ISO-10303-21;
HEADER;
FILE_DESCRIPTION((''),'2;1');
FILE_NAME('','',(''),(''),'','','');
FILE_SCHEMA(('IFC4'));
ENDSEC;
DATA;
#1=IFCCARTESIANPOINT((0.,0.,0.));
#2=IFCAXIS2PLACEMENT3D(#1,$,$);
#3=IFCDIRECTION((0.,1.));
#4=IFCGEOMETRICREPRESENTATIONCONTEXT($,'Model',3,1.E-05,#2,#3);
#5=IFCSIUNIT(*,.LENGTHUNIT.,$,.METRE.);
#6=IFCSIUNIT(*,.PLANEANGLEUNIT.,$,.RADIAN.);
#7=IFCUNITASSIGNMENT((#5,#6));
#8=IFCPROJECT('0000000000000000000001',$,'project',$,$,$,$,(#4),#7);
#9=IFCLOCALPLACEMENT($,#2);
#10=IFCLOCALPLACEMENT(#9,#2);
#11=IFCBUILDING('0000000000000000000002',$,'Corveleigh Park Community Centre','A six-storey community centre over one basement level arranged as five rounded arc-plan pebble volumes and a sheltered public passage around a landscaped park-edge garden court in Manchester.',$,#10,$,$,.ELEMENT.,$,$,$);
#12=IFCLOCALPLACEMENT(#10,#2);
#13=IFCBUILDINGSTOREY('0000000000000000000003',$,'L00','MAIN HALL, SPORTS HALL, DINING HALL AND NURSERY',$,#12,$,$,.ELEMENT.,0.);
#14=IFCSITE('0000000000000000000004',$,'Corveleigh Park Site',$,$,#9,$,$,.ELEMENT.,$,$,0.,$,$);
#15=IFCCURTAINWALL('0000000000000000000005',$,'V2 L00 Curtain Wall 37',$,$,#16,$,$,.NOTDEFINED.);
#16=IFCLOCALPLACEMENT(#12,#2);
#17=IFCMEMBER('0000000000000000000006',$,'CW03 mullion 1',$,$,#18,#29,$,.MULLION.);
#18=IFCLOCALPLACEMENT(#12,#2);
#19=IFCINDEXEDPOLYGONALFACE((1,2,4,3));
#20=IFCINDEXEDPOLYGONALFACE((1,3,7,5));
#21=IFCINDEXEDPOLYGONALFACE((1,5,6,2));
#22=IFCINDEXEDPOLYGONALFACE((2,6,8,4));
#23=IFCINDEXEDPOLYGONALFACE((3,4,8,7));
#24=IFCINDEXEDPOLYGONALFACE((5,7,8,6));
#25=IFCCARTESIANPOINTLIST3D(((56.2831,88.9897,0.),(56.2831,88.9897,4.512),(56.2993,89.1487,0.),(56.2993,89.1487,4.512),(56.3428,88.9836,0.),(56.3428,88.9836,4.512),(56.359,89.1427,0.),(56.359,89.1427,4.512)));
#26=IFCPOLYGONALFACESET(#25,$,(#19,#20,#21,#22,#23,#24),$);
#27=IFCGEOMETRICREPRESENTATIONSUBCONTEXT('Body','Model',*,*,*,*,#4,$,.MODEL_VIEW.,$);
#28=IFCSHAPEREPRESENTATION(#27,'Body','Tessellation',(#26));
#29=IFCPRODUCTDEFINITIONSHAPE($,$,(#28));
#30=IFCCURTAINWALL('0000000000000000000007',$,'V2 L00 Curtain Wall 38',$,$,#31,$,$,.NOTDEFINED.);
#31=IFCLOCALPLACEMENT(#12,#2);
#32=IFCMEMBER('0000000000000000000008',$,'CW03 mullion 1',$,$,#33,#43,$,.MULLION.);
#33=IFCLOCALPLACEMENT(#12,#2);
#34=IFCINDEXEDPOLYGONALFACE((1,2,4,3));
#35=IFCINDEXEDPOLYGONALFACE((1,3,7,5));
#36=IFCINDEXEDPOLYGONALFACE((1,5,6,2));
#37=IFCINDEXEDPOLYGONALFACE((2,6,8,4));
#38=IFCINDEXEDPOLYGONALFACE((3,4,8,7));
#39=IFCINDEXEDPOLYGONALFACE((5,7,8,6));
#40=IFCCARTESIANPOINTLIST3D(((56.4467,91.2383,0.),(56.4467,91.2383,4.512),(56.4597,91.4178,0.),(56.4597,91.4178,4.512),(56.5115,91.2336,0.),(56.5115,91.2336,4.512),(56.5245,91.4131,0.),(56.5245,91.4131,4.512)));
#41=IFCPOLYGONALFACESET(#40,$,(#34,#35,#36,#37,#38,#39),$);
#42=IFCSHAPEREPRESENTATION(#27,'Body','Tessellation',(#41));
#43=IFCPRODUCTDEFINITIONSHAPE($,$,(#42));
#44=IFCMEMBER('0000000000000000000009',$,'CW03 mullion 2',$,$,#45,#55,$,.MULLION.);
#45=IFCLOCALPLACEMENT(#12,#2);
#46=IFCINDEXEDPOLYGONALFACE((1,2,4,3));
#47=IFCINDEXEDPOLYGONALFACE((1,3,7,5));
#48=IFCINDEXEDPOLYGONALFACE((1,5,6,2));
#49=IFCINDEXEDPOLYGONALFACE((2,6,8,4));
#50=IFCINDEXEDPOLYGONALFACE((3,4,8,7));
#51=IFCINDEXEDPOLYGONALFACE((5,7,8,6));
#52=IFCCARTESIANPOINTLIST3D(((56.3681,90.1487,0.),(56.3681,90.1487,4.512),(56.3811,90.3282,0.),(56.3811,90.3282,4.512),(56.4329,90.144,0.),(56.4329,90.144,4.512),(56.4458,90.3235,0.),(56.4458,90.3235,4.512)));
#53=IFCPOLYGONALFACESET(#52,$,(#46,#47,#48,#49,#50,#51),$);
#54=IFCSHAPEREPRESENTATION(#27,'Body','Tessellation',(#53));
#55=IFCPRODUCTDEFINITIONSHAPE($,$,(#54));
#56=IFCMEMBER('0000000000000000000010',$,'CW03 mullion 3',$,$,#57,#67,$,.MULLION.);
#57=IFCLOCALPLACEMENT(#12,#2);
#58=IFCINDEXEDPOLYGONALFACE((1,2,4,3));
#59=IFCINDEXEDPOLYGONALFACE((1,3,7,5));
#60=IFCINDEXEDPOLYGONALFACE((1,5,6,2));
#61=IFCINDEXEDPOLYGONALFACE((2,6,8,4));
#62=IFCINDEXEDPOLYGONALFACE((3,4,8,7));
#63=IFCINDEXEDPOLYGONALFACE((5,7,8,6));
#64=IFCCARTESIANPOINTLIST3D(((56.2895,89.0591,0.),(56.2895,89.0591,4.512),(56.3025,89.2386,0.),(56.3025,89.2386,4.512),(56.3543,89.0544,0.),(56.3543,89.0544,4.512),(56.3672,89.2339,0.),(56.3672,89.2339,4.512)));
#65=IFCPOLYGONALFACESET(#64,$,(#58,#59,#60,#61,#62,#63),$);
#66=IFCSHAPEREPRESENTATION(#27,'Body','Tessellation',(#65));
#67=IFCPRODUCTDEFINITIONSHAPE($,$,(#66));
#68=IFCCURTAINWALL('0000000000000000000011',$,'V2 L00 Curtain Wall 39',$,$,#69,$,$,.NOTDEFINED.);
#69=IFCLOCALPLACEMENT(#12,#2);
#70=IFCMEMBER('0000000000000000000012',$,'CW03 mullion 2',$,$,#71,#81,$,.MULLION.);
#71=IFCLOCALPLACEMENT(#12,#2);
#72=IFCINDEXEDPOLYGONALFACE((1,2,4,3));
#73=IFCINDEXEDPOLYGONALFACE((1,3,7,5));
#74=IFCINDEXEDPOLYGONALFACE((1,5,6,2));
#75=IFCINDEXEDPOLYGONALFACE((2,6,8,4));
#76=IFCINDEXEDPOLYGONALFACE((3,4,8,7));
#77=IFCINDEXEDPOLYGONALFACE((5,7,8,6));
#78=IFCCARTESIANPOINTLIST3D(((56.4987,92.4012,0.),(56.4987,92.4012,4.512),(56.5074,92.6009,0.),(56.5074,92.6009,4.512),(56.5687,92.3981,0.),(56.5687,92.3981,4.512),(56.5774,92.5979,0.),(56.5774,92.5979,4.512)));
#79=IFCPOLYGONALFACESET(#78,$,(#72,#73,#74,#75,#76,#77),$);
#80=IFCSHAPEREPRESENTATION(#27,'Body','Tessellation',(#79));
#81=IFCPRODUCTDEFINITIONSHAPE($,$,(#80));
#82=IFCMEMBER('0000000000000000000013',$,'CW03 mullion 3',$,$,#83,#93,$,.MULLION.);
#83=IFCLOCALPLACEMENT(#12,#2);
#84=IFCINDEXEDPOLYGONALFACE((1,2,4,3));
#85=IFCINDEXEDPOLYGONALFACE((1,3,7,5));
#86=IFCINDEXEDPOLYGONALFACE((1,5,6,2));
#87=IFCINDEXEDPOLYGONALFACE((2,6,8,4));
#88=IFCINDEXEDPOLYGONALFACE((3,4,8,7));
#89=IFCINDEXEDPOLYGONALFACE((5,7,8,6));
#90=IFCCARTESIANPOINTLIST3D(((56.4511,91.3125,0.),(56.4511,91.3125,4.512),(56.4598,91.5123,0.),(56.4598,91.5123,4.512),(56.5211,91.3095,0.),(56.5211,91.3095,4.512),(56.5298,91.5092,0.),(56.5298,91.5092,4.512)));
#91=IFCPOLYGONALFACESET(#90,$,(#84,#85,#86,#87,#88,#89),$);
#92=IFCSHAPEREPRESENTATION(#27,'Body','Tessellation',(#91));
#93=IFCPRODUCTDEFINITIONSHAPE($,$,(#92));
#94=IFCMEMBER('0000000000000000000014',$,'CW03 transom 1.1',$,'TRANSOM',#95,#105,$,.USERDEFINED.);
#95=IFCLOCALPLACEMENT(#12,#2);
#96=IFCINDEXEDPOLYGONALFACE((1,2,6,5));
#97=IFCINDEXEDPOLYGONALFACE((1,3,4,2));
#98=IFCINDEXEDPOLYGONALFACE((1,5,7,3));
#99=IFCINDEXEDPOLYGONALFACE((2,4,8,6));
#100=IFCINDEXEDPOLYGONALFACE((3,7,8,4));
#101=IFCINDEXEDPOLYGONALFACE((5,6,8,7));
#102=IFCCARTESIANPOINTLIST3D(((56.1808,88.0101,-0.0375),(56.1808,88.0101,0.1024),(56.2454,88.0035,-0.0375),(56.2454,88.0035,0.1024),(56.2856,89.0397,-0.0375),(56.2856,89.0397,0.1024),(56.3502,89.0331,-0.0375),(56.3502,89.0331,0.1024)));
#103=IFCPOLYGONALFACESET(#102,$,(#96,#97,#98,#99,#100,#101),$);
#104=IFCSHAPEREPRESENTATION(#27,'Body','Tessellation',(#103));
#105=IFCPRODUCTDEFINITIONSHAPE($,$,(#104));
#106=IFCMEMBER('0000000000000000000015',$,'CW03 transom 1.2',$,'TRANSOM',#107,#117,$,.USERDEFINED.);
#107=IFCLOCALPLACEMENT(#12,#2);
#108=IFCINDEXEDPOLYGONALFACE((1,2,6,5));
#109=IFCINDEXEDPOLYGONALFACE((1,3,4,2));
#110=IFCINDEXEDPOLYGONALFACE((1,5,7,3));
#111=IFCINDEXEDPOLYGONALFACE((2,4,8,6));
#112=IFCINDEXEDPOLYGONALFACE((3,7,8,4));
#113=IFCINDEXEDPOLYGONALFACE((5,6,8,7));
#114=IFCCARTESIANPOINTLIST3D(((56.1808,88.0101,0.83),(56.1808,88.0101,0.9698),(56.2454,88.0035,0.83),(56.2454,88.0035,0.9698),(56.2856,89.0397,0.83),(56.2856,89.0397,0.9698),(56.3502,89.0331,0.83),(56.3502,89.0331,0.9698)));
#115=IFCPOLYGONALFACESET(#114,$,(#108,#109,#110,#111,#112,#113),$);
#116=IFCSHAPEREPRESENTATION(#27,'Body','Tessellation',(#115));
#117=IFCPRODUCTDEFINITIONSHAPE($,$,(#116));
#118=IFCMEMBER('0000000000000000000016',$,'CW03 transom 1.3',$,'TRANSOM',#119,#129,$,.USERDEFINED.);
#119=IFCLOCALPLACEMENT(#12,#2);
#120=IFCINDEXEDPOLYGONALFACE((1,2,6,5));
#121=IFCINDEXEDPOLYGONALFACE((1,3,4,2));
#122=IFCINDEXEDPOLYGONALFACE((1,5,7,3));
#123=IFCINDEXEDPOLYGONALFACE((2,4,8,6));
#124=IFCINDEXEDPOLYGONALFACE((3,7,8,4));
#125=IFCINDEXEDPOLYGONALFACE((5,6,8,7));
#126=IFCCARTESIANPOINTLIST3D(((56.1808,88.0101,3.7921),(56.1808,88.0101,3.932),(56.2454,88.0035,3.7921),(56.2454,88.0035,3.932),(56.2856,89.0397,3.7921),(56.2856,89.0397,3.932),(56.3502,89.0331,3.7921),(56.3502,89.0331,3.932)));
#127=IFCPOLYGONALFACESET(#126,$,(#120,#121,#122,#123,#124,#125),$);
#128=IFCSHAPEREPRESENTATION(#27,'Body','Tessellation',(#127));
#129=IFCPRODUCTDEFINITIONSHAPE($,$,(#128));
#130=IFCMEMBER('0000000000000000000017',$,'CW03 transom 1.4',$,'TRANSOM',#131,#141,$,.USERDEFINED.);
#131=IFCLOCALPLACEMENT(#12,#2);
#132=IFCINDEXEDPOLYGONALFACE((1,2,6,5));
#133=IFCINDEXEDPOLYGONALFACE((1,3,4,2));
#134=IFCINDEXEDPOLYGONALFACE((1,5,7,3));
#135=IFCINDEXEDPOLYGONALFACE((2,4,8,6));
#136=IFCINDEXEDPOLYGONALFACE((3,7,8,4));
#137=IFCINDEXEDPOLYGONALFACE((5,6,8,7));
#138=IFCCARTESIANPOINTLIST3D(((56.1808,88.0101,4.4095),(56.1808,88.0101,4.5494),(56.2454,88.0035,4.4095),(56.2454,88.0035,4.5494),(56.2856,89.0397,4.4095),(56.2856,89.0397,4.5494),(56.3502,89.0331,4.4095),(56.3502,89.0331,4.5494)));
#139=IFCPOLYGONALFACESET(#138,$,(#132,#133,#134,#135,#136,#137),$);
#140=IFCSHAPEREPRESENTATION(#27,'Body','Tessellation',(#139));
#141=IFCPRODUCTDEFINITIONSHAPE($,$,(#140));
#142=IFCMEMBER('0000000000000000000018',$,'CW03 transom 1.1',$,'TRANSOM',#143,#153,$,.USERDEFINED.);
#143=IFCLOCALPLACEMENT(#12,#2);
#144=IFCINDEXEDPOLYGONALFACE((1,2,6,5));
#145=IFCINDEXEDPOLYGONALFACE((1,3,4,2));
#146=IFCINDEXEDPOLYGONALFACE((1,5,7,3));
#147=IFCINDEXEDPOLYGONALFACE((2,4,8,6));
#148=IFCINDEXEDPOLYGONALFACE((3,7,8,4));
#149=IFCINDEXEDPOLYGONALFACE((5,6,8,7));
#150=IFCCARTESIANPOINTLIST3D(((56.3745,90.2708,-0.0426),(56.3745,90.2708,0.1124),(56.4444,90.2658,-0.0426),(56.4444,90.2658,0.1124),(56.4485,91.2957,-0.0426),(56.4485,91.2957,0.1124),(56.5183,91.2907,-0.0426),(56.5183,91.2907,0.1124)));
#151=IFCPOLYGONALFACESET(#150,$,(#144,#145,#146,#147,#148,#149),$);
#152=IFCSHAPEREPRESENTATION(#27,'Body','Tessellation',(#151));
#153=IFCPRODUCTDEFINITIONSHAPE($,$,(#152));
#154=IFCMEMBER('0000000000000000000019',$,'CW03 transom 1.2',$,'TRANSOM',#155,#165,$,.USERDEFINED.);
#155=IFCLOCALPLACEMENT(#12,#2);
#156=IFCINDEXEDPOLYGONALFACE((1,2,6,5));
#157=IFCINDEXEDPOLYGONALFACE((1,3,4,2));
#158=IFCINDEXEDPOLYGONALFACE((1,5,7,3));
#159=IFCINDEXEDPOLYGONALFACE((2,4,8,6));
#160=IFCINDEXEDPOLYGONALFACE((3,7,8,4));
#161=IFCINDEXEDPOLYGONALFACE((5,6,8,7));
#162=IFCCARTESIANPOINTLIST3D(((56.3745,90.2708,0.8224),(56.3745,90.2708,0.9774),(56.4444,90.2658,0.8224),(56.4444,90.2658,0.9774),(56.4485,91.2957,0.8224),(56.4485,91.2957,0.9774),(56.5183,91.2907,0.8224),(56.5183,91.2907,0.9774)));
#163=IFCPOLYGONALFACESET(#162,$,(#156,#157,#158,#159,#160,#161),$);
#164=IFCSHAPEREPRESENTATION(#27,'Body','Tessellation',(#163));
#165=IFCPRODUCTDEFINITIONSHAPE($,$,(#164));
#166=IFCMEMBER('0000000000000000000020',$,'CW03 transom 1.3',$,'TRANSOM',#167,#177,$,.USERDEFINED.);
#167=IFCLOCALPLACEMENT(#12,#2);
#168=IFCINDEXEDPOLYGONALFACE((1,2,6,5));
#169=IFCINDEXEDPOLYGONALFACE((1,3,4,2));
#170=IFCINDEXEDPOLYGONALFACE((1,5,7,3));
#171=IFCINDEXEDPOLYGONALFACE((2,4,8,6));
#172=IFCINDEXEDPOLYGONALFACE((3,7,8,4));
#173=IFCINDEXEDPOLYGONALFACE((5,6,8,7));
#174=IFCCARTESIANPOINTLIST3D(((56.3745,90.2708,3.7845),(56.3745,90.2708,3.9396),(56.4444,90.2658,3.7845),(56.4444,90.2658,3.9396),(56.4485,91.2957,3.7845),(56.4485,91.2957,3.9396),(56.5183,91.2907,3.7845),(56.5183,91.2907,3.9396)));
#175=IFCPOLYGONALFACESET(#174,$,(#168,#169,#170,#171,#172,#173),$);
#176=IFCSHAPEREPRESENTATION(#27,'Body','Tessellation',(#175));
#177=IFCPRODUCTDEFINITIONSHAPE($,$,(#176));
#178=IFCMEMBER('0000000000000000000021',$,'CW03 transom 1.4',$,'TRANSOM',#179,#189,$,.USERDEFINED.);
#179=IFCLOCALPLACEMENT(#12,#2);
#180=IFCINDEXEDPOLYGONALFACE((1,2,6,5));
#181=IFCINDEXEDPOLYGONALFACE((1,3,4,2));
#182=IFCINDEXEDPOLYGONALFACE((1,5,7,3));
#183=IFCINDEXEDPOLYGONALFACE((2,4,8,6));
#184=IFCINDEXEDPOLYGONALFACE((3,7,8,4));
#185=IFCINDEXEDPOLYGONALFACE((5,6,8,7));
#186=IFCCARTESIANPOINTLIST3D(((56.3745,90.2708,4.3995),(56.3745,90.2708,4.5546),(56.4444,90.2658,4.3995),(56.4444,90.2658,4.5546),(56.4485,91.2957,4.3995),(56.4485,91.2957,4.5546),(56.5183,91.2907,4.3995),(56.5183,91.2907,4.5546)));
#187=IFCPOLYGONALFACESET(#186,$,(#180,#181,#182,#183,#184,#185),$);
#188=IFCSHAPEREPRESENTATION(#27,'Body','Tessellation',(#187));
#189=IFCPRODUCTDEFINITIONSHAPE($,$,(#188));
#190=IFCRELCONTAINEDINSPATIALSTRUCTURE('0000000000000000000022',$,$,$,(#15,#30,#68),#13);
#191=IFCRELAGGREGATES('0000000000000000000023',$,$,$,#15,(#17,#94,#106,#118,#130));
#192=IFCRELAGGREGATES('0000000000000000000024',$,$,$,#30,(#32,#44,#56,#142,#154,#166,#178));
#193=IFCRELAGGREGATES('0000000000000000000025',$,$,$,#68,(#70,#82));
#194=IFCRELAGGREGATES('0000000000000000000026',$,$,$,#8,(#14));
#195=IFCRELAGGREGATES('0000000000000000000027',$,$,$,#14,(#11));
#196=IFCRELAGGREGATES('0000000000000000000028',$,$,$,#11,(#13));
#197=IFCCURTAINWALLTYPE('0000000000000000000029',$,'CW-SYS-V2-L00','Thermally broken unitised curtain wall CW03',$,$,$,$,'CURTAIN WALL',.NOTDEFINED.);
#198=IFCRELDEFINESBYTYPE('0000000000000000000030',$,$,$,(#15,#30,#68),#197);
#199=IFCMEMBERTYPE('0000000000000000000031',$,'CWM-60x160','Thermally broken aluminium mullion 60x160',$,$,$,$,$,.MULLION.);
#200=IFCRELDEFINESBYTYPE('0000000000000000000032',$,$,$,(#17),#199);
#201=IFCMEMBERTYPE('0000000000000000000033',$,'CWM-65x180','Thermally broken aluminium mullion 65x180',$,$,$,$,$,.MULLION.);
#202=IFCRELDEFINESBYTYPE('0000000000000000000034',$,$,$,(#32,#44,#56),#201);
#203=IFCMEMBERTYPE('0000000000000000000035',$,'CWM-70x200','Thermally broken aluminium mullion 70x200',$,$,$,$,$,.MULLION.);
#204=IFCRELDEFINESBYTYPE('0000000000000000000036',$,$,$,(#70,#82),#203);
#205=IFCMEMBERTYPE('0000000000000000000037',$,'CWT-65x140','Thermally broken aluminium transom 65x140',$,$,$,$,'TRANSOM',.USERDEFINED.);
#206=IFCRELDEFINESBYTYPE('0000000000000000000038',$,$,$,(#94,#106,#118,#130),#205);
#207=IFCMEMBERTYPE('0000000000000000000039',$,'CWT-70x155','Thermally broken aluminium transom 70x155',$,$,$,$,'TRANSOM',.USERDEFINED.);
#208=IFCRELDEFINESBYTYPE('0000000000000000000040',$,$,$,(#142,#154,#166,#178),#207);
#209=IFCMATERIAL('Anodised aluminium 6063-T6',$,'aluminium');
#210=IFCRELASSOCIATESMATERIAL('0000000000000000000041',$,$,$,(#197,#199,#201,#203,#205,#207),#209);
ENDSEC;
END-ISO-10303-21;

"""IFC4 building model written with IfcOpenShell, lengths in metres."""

from ifc_helpers import new_model, si_unit, direction, frame, origin, origin_2d, place, context, subcontext, project, spatial, rectangle, extrude, material, material_profile, profile_set, type_object, element, aggregate, save


model = new_model("IFC4")

# Units and contexts
model_context = context("Model", 3, precision=1e-05, world=origin(), true_north=direction((0.0, 1.0)))
body_context = subcontext(model_context, "Body", "Model", "MODEL_VIEW")
ifc_project = project(units=[si_unit("LENGTHUNIT", "METRE"), si_unit("PLANEANGLEUNIT", "RADIAN")], contexts=[model_context])

# Site, building, storey
site_placement = place(None, origin())
site = spatial("IfcSite", under=ifc_project, at=site_placement, Name="Corveleigh Park Site", CompositionType="ELEMENT", RefElevation=0.0)
building_placement = place(site_placement, origin())
building = spatial("IfcBuilding", under=site, at=building_placement, Name="Corveleigh Park Community Centre", Description="A six-storey community centre over one basement level arranged as five rounded arc-plan pebble volumes and a sheltered public passage around a landscaped park-edge garden court in Manchester.", CompositionType="ELEMENT")
storey_placement = place(building_placement, origin())
storey = spatial("IfcBuildingStorey", under=building, at=storey_placement, Name="L00", Description="MAIN HALL, SPORTS HALL, DINING HALL AND NURSERY", CompositionType="ELEMENT", Elevation=0.0)

# Curtain wall, member
ifc_material_1 = material(Name="Anodised aluminium 6063-T6", Category="aluminium")
curtain_wall_type = type_object("IfcCurtainWallType", Name="CW-SYS-V2-L00", Description="Thermally broken unitised curtain wall CW03", ElementType="CURTAIN WALL", PredefinedType="NOTDEFINED", material=ifc_material_1)
curtain_wall_1_placement = place(storey_placement, origin())
curtain_wall_1 = element("IfcCurtainWall", 1, at=curtain_wall_1_placement, inside=storey, type_object=curtain_wall_type, Name="V2 L00 Curtain Wall 37", PredefinedType="NOTDEFINED")
ifc_material_profile_1 = material_profile(ifc_material_1, rectangle(XDim=0.0601, YDim=0.1599, at=origin_2d()), Name="ALU-M60x160", Category="aluminium")
ifc_profile_set_1 = profile_set([ifc_material_profile_1], Name="Anodised aluminium 6063-T6")
member_type_1 = type_object("IfcMemberType", Name="CWM-60x160", Description="Thermally broken aluminium mullion 60x160", PredefinedType="MULLION", material=ifc_profile_set_1)
member_1_placement = place(storey_placement, frame((56.321, 89.0662, 0.0), z_axis=(0.0, 0.0, 1.0), x_axis=(0.994851, -0.101352, 0.0)))
member_1 = element("IfcMember", 2, at=member_1_placement, type_object=member_type_1, Name="CW03 mullion 1", PredefinedType="MULLION", context=body_context, shape_type="SweptSolid", body=[
    extrude(rectangle(XDim=0.0601, YDim=0.1599, at=origin_2d()), origin(), (0.0, 0.0, 1.0), 4.512),
])

# Curtain walls, members
curtain_wall_2_placement = place(storey_placement, origin())
curtain_wall_2 = element("IfcCurtainWall", 3, at=curtain_wall_2_placement, inside=storey, type_object=curtain_wall_type, Name="V2 L00 Curtain Wall 38", PredefinedType="NOTDEFINED")
ifc_material_profile_2 = material_profile(ifc_material_1, rectangle(XDim=0.0649, YDim=0.1799, at=origin_2d()), Name="ALU-M65x180", Category="aluminium")
ifc_profile_set_2 = profile_set([ifc_material_profile_2], Name="Anodised aluminium 6063-T6")
member_type_2 = type_object("IfcMemberType", Name="CWM-65x180", Description="Thermally broken aluminium mullion 65x180", PredefinedType="MULLION", material=ifc_profile_set_2)
member_2_placement = place(storey_placement, frame((56.4856, 91.3257, 0.0), z_axis=(0.0, 0.0, 1.0), x_axis=(0.997404, -0.072005, 0.0)))
member_2 = element("IfcMember", 4, at=member_2_placement, type_object=member_type_2, Name="CW03 mullion 1", PredefinedType="MULLION", context=body_context, shape_type="SweptSolid", body=[
    extrude(rectangle(XDim=0.0649, YDim=0.1799, at=origin_2d()), origin(), (0.0, 0.0, 1.0), 4.512),
])
member_3_placement = place(storey_placement, frame((56.407, 90.2361, 0.0), z_axis=(0.0, 0.0, 1.0), x_axis=(0.997404, -0.072005, 0.0)))
member_3 = element("IfcMember", 5, at=member_3_placement, type_object=member_type_2, Name="CW03 mullion 2", PredefinedType="MULLION", context=body_context, shape_type="SweptSolid", body=[
    extrude(rectangle(XDim=0.0649, YDim=0.1799, at=origin_2d()), origin(), (0.0, 0.0, 1.0), 4.512),
])
member_4_placement = place(storey_placement, frame((56.3284, 89.1465, 0.0), z_axis=(0.0, 0.0, 1.0), x_axis=(0.997404, -0.072005, 0.0)))
member_4 = element("IfcMember", 6, at=member_4_placement, type_object=member_type_2, Name="CW03 mullion 3", PredefinedType="MULLION", context=body_context, shape_type="SweptSolid", body=[
    extrude(rectangle(XDim=0.0649, YDim=0.1799, at=origin_2d()), origin(), (0.0, 0.0, 1.0), 4.512),
])
curtain_wall_3_placement = place(storey_placement, origin())
curtain_wall_3 = element("IfcCurtainWall", 7, at=curtain_wall_3_placement, inside=storey, type_object=curtain_wall_type, Name="V2 L00 Curtain Wall 39", PredefinedType="NOTDEFINED")
ifc_material_profile_3 = material_profile(ifc_material_1, rectangle(XDim=0.0701, YDim=0.2, at=origin_2d()), Name="ALU-M70x200", Category="aluminium")
ifc_profile_set_3 = profile_set([ifc_material_profile_3], Name="Anodised aluminium 6063-T6")
member_type_3 = type_object("IfcMemberType", Name="CWM-70x200", Description="Thermally broken aluminium mullion 70x200", PredefinedType="MULLION", material=ifc_profile_set_3)
member_5_placement = place(storey_placement, frame((56.5381, 92.4995, 0.0), z_axis=(0.0, 0.0, 1.0), x_axis=(0.99905, -0.043572, 0.0)))
member_5 = element("IfcMember", 8, at=member_5_placement, type_object=member_type_3, Name="CW03 mullion 2", PredefinedType="MULLION", context=body_context, shape_type="SweptSolid", body=[
    extrude(rectangle(XDim=0.0701, YDim=0.2, at=origin_2d()), origin(), (0.0, 0.0, 1.0), 4.512),
])
member_6_placement = place(storey_placement, frame((56.4905, 91.4109, 0.0), z_axis=(0.0, 0.0, 1.0), x_axis=(0.99905, -0.043572, 0.0)))
member_6 = element("IfcMember", 9, at=member_6_placement, type_object=member_type_3, Name="CW03 mullion 3", PredefinedType="MULLION", context=body_context, shape_type="SweptSolid", body=[
    extrude(rectangle(XDim=0.0701, YDim=0.2, at=origin_2d()), origin(), (0.0, 0.0, 1.0), 4.512),
])

# Members
ifc_material_profile_4 = material_profile(ifc_material_1, rectangle(XDim=0.0649, YDim=0.1399, at=origin_2d()), Name="ALU-T65x140", Category="aluminium")
ifc_profile_set_4 = profile_set([ifc_material_profile_4], Name="Anodised aluminium 6063-T6")
member_type_4 = type_object("IfcMemberType", Name="CWT-65x140", Description="Thermally broken aluminium transom 65x140", ElementType="TRANSOM", PredefinedType="USERDEFINED", material=ifc_profile_set_4)
member_7_placement = place(storey_placement, frame((56.3179, 89.0364, 0.0325), z_axis=(-0.101209, -0.994865, 0.0), x_axis=(0.994865, -0.101209, 0.0)))
member_7 = element("IfcMember", 10, at=member_7_placement, type_object=member_type_4, Name="CW03 transom 1.1", ObjectType="TRANSOM", PredefinedType="USERDEFINED", context=body_context, shape_type="SweptSolid", body=[
    extrude(rectangle(XDim=0.0649, YDim=0.1399, at=origin_2d()), origin(), (0.0, 0.0, 1.0), 1.0349),
])
member_8_placement = place(storey_placement, frame((56.3179, 89.0364, 0.8999), z_axis=(-0.101209, -0.994865, 0.0), x_axis=(0.994865, -0.101209, 0.0)))
member_8 = element("IfcMember", 11, at=member_8_placement, type_object=member_type_4, Name="CW03 transom 1.2", ObjectType="TRANSOM", PredefinedType="USERDEFINED", context=body_context, shape_type="SweptSolid", body=[
    extrude(rectangle(XDim=0.0649, YDim=0.1399, at=origin_2d()), origin(), (0.0, 0.0, 1.0), 1.0349),
])
member_9_placement = place(storey_placement, frame((56.3179, 89.0364, 3.8621), z_axis=(-0.101209, -0.994865, 0.0), x_axis=(0.994865, -0.101209, 0.0)))
member_9 = element("IfcMember", 12, at=member_9_placement, type_object=member_type_4, Name="CW03 transom 1.3", ObjectType="TRANSOM", PredefinedType="USERDEFINED", context=body_context, shape_type="SweptSolid", body=[
    extrude(rectangle(XDim=0.0649, YDim=0.1399, at=origin_2d()), origin(), (0.0, 0.0, 1.0), 1.0349),
])
member_10_placement = place(storey_placement, frame((56.3179, 89.0364, 4.4795), z_axis=(-0.101209, -0.994865, 0.0), x_axis=(0.994865, -0.101209, 0.0)))
member_10 = element("IfcMember", 13, at=member_10_placement, type_object=member_type_4, Name="CW03 transom 1.4", ObjectType="TRANSOM", PredefinedType="USERDEFINED", context=body_context, shape_type="SweptSolid", body=[
    extrude(rectangle(XDim=0.0649, YDim=0.1399, at=origin_2d()), origin(), (0.0, 0.0, 1.0), 1.0349),
])
ifc_material_profile_5 = material_profile(ifc_material_1, rectangle(XDim=0.0701, YDim=0.155, at=origin_2d()), Name="ALU-T70x155", Category="aluminium")
ifc_profile_set_5 = profile_set([ifc_material_profile_5], Name="Anodised aluminium 6063-T6")
member_type_5 = type_object("IfcMemberType", Name="CWT-70x155", Description="Thermally broken aluminium transom 70x155", ElementType="TRANSOM", PredefinedType="USERDEFINED", material=ifc_profile_set_5)
member_11_placement = place(storey_placement, frame((56.4834, 91.2932, 0.0349), z_axis=(-0.07199, -0.997405, 0.0), x_axis=(0.997405, -0.07199, 0.0)))
member_11 = element("IfcMember", 14, at=member_11_placement, type_object=member_type_5, Name="CW03 transom 1.1", ObjectType="TRANSOM", PredefinedType="USERDEFINED", context=body_context, shape_type="SweptSolid", body=[
    extrude(rectangle(XDim=0.0701, YDim=0.155, at=origin_2d()), origin(), (0.0, 0.0, 1.0), 1.0276),
])
member_12_placement = place(storey_placement, frame((56.4834, 91.2932, 0.8999), z_axis=(-0.07199, -0.997405, 0.0), x_axis=(0.997405, -0.07199, 0.0)))
member_12 = element("IfcMember", 15, at=member_12_placement, type_object=member_type_5, Name="CW03 transom 1.2", ObjectType="TRANSOM", PredefinedType="USERDEFINED", context=body_context, shape_type="SweptSolid", body=[
    extrude(rectangle(XDim=0.0701, YDim=0.155, at=origin_2d()), origin(), (0.0, 0.0, 1.0), 1.0276),
])
member_13_placement = place(storey_placement, frame((56.4834, 91.2932, 3.8621), z_axis=(-0.07199, -0.997405, 0.0), x_axis=(0.997405, -0.07199, 0.0)))
member_13 = element("IfcMember", 16, at=member_13_placement, type_object=member_type_5, Name="CW03 transom 1.3", ObjectType="TRANSOM", PredefinedType="USERDEFINED", context=body_context, shape_type="SweptSolid", body=[
    extrude(rectangle(XDim=0.0701, YDim=0.155, at=origin_2d()), origin(), (0.0, 0.0, 1.0), 1.0276),
])
member_14_placement = place(storey_placement, frame((56.4834, 91.2932, 4.4771), z_axis=(-0.07199, -0.997405, 0.0), x_axis=(0.997405, -0.07199, 0.0)))
member_14 = element("IfcMember", 17, at=member_14_placement, type_object=member_type_5, Name="CW03 transom 1.4", ObjectType="TRANSOM", PredefinedType="USERDEFINED", context=body_context, shape_type="SweptSolid", body=[
    extrude(rectangle(XDim=0.0701, YDim=0.155, at=origin_2d()), origin(), (0.0, 0.0, 1.0), 1.0276),
])

aggregate(curtain_wall_1, [member_1, member_7, member_8, member_9, member_10])
aggregate(curtain_wall_2, [member_2, member_3, member_4, member_11, member_12, member_13, member_14])
aggregate(curtain_wall_3, [member_5, member_6])

save(model, "model.ifc")
